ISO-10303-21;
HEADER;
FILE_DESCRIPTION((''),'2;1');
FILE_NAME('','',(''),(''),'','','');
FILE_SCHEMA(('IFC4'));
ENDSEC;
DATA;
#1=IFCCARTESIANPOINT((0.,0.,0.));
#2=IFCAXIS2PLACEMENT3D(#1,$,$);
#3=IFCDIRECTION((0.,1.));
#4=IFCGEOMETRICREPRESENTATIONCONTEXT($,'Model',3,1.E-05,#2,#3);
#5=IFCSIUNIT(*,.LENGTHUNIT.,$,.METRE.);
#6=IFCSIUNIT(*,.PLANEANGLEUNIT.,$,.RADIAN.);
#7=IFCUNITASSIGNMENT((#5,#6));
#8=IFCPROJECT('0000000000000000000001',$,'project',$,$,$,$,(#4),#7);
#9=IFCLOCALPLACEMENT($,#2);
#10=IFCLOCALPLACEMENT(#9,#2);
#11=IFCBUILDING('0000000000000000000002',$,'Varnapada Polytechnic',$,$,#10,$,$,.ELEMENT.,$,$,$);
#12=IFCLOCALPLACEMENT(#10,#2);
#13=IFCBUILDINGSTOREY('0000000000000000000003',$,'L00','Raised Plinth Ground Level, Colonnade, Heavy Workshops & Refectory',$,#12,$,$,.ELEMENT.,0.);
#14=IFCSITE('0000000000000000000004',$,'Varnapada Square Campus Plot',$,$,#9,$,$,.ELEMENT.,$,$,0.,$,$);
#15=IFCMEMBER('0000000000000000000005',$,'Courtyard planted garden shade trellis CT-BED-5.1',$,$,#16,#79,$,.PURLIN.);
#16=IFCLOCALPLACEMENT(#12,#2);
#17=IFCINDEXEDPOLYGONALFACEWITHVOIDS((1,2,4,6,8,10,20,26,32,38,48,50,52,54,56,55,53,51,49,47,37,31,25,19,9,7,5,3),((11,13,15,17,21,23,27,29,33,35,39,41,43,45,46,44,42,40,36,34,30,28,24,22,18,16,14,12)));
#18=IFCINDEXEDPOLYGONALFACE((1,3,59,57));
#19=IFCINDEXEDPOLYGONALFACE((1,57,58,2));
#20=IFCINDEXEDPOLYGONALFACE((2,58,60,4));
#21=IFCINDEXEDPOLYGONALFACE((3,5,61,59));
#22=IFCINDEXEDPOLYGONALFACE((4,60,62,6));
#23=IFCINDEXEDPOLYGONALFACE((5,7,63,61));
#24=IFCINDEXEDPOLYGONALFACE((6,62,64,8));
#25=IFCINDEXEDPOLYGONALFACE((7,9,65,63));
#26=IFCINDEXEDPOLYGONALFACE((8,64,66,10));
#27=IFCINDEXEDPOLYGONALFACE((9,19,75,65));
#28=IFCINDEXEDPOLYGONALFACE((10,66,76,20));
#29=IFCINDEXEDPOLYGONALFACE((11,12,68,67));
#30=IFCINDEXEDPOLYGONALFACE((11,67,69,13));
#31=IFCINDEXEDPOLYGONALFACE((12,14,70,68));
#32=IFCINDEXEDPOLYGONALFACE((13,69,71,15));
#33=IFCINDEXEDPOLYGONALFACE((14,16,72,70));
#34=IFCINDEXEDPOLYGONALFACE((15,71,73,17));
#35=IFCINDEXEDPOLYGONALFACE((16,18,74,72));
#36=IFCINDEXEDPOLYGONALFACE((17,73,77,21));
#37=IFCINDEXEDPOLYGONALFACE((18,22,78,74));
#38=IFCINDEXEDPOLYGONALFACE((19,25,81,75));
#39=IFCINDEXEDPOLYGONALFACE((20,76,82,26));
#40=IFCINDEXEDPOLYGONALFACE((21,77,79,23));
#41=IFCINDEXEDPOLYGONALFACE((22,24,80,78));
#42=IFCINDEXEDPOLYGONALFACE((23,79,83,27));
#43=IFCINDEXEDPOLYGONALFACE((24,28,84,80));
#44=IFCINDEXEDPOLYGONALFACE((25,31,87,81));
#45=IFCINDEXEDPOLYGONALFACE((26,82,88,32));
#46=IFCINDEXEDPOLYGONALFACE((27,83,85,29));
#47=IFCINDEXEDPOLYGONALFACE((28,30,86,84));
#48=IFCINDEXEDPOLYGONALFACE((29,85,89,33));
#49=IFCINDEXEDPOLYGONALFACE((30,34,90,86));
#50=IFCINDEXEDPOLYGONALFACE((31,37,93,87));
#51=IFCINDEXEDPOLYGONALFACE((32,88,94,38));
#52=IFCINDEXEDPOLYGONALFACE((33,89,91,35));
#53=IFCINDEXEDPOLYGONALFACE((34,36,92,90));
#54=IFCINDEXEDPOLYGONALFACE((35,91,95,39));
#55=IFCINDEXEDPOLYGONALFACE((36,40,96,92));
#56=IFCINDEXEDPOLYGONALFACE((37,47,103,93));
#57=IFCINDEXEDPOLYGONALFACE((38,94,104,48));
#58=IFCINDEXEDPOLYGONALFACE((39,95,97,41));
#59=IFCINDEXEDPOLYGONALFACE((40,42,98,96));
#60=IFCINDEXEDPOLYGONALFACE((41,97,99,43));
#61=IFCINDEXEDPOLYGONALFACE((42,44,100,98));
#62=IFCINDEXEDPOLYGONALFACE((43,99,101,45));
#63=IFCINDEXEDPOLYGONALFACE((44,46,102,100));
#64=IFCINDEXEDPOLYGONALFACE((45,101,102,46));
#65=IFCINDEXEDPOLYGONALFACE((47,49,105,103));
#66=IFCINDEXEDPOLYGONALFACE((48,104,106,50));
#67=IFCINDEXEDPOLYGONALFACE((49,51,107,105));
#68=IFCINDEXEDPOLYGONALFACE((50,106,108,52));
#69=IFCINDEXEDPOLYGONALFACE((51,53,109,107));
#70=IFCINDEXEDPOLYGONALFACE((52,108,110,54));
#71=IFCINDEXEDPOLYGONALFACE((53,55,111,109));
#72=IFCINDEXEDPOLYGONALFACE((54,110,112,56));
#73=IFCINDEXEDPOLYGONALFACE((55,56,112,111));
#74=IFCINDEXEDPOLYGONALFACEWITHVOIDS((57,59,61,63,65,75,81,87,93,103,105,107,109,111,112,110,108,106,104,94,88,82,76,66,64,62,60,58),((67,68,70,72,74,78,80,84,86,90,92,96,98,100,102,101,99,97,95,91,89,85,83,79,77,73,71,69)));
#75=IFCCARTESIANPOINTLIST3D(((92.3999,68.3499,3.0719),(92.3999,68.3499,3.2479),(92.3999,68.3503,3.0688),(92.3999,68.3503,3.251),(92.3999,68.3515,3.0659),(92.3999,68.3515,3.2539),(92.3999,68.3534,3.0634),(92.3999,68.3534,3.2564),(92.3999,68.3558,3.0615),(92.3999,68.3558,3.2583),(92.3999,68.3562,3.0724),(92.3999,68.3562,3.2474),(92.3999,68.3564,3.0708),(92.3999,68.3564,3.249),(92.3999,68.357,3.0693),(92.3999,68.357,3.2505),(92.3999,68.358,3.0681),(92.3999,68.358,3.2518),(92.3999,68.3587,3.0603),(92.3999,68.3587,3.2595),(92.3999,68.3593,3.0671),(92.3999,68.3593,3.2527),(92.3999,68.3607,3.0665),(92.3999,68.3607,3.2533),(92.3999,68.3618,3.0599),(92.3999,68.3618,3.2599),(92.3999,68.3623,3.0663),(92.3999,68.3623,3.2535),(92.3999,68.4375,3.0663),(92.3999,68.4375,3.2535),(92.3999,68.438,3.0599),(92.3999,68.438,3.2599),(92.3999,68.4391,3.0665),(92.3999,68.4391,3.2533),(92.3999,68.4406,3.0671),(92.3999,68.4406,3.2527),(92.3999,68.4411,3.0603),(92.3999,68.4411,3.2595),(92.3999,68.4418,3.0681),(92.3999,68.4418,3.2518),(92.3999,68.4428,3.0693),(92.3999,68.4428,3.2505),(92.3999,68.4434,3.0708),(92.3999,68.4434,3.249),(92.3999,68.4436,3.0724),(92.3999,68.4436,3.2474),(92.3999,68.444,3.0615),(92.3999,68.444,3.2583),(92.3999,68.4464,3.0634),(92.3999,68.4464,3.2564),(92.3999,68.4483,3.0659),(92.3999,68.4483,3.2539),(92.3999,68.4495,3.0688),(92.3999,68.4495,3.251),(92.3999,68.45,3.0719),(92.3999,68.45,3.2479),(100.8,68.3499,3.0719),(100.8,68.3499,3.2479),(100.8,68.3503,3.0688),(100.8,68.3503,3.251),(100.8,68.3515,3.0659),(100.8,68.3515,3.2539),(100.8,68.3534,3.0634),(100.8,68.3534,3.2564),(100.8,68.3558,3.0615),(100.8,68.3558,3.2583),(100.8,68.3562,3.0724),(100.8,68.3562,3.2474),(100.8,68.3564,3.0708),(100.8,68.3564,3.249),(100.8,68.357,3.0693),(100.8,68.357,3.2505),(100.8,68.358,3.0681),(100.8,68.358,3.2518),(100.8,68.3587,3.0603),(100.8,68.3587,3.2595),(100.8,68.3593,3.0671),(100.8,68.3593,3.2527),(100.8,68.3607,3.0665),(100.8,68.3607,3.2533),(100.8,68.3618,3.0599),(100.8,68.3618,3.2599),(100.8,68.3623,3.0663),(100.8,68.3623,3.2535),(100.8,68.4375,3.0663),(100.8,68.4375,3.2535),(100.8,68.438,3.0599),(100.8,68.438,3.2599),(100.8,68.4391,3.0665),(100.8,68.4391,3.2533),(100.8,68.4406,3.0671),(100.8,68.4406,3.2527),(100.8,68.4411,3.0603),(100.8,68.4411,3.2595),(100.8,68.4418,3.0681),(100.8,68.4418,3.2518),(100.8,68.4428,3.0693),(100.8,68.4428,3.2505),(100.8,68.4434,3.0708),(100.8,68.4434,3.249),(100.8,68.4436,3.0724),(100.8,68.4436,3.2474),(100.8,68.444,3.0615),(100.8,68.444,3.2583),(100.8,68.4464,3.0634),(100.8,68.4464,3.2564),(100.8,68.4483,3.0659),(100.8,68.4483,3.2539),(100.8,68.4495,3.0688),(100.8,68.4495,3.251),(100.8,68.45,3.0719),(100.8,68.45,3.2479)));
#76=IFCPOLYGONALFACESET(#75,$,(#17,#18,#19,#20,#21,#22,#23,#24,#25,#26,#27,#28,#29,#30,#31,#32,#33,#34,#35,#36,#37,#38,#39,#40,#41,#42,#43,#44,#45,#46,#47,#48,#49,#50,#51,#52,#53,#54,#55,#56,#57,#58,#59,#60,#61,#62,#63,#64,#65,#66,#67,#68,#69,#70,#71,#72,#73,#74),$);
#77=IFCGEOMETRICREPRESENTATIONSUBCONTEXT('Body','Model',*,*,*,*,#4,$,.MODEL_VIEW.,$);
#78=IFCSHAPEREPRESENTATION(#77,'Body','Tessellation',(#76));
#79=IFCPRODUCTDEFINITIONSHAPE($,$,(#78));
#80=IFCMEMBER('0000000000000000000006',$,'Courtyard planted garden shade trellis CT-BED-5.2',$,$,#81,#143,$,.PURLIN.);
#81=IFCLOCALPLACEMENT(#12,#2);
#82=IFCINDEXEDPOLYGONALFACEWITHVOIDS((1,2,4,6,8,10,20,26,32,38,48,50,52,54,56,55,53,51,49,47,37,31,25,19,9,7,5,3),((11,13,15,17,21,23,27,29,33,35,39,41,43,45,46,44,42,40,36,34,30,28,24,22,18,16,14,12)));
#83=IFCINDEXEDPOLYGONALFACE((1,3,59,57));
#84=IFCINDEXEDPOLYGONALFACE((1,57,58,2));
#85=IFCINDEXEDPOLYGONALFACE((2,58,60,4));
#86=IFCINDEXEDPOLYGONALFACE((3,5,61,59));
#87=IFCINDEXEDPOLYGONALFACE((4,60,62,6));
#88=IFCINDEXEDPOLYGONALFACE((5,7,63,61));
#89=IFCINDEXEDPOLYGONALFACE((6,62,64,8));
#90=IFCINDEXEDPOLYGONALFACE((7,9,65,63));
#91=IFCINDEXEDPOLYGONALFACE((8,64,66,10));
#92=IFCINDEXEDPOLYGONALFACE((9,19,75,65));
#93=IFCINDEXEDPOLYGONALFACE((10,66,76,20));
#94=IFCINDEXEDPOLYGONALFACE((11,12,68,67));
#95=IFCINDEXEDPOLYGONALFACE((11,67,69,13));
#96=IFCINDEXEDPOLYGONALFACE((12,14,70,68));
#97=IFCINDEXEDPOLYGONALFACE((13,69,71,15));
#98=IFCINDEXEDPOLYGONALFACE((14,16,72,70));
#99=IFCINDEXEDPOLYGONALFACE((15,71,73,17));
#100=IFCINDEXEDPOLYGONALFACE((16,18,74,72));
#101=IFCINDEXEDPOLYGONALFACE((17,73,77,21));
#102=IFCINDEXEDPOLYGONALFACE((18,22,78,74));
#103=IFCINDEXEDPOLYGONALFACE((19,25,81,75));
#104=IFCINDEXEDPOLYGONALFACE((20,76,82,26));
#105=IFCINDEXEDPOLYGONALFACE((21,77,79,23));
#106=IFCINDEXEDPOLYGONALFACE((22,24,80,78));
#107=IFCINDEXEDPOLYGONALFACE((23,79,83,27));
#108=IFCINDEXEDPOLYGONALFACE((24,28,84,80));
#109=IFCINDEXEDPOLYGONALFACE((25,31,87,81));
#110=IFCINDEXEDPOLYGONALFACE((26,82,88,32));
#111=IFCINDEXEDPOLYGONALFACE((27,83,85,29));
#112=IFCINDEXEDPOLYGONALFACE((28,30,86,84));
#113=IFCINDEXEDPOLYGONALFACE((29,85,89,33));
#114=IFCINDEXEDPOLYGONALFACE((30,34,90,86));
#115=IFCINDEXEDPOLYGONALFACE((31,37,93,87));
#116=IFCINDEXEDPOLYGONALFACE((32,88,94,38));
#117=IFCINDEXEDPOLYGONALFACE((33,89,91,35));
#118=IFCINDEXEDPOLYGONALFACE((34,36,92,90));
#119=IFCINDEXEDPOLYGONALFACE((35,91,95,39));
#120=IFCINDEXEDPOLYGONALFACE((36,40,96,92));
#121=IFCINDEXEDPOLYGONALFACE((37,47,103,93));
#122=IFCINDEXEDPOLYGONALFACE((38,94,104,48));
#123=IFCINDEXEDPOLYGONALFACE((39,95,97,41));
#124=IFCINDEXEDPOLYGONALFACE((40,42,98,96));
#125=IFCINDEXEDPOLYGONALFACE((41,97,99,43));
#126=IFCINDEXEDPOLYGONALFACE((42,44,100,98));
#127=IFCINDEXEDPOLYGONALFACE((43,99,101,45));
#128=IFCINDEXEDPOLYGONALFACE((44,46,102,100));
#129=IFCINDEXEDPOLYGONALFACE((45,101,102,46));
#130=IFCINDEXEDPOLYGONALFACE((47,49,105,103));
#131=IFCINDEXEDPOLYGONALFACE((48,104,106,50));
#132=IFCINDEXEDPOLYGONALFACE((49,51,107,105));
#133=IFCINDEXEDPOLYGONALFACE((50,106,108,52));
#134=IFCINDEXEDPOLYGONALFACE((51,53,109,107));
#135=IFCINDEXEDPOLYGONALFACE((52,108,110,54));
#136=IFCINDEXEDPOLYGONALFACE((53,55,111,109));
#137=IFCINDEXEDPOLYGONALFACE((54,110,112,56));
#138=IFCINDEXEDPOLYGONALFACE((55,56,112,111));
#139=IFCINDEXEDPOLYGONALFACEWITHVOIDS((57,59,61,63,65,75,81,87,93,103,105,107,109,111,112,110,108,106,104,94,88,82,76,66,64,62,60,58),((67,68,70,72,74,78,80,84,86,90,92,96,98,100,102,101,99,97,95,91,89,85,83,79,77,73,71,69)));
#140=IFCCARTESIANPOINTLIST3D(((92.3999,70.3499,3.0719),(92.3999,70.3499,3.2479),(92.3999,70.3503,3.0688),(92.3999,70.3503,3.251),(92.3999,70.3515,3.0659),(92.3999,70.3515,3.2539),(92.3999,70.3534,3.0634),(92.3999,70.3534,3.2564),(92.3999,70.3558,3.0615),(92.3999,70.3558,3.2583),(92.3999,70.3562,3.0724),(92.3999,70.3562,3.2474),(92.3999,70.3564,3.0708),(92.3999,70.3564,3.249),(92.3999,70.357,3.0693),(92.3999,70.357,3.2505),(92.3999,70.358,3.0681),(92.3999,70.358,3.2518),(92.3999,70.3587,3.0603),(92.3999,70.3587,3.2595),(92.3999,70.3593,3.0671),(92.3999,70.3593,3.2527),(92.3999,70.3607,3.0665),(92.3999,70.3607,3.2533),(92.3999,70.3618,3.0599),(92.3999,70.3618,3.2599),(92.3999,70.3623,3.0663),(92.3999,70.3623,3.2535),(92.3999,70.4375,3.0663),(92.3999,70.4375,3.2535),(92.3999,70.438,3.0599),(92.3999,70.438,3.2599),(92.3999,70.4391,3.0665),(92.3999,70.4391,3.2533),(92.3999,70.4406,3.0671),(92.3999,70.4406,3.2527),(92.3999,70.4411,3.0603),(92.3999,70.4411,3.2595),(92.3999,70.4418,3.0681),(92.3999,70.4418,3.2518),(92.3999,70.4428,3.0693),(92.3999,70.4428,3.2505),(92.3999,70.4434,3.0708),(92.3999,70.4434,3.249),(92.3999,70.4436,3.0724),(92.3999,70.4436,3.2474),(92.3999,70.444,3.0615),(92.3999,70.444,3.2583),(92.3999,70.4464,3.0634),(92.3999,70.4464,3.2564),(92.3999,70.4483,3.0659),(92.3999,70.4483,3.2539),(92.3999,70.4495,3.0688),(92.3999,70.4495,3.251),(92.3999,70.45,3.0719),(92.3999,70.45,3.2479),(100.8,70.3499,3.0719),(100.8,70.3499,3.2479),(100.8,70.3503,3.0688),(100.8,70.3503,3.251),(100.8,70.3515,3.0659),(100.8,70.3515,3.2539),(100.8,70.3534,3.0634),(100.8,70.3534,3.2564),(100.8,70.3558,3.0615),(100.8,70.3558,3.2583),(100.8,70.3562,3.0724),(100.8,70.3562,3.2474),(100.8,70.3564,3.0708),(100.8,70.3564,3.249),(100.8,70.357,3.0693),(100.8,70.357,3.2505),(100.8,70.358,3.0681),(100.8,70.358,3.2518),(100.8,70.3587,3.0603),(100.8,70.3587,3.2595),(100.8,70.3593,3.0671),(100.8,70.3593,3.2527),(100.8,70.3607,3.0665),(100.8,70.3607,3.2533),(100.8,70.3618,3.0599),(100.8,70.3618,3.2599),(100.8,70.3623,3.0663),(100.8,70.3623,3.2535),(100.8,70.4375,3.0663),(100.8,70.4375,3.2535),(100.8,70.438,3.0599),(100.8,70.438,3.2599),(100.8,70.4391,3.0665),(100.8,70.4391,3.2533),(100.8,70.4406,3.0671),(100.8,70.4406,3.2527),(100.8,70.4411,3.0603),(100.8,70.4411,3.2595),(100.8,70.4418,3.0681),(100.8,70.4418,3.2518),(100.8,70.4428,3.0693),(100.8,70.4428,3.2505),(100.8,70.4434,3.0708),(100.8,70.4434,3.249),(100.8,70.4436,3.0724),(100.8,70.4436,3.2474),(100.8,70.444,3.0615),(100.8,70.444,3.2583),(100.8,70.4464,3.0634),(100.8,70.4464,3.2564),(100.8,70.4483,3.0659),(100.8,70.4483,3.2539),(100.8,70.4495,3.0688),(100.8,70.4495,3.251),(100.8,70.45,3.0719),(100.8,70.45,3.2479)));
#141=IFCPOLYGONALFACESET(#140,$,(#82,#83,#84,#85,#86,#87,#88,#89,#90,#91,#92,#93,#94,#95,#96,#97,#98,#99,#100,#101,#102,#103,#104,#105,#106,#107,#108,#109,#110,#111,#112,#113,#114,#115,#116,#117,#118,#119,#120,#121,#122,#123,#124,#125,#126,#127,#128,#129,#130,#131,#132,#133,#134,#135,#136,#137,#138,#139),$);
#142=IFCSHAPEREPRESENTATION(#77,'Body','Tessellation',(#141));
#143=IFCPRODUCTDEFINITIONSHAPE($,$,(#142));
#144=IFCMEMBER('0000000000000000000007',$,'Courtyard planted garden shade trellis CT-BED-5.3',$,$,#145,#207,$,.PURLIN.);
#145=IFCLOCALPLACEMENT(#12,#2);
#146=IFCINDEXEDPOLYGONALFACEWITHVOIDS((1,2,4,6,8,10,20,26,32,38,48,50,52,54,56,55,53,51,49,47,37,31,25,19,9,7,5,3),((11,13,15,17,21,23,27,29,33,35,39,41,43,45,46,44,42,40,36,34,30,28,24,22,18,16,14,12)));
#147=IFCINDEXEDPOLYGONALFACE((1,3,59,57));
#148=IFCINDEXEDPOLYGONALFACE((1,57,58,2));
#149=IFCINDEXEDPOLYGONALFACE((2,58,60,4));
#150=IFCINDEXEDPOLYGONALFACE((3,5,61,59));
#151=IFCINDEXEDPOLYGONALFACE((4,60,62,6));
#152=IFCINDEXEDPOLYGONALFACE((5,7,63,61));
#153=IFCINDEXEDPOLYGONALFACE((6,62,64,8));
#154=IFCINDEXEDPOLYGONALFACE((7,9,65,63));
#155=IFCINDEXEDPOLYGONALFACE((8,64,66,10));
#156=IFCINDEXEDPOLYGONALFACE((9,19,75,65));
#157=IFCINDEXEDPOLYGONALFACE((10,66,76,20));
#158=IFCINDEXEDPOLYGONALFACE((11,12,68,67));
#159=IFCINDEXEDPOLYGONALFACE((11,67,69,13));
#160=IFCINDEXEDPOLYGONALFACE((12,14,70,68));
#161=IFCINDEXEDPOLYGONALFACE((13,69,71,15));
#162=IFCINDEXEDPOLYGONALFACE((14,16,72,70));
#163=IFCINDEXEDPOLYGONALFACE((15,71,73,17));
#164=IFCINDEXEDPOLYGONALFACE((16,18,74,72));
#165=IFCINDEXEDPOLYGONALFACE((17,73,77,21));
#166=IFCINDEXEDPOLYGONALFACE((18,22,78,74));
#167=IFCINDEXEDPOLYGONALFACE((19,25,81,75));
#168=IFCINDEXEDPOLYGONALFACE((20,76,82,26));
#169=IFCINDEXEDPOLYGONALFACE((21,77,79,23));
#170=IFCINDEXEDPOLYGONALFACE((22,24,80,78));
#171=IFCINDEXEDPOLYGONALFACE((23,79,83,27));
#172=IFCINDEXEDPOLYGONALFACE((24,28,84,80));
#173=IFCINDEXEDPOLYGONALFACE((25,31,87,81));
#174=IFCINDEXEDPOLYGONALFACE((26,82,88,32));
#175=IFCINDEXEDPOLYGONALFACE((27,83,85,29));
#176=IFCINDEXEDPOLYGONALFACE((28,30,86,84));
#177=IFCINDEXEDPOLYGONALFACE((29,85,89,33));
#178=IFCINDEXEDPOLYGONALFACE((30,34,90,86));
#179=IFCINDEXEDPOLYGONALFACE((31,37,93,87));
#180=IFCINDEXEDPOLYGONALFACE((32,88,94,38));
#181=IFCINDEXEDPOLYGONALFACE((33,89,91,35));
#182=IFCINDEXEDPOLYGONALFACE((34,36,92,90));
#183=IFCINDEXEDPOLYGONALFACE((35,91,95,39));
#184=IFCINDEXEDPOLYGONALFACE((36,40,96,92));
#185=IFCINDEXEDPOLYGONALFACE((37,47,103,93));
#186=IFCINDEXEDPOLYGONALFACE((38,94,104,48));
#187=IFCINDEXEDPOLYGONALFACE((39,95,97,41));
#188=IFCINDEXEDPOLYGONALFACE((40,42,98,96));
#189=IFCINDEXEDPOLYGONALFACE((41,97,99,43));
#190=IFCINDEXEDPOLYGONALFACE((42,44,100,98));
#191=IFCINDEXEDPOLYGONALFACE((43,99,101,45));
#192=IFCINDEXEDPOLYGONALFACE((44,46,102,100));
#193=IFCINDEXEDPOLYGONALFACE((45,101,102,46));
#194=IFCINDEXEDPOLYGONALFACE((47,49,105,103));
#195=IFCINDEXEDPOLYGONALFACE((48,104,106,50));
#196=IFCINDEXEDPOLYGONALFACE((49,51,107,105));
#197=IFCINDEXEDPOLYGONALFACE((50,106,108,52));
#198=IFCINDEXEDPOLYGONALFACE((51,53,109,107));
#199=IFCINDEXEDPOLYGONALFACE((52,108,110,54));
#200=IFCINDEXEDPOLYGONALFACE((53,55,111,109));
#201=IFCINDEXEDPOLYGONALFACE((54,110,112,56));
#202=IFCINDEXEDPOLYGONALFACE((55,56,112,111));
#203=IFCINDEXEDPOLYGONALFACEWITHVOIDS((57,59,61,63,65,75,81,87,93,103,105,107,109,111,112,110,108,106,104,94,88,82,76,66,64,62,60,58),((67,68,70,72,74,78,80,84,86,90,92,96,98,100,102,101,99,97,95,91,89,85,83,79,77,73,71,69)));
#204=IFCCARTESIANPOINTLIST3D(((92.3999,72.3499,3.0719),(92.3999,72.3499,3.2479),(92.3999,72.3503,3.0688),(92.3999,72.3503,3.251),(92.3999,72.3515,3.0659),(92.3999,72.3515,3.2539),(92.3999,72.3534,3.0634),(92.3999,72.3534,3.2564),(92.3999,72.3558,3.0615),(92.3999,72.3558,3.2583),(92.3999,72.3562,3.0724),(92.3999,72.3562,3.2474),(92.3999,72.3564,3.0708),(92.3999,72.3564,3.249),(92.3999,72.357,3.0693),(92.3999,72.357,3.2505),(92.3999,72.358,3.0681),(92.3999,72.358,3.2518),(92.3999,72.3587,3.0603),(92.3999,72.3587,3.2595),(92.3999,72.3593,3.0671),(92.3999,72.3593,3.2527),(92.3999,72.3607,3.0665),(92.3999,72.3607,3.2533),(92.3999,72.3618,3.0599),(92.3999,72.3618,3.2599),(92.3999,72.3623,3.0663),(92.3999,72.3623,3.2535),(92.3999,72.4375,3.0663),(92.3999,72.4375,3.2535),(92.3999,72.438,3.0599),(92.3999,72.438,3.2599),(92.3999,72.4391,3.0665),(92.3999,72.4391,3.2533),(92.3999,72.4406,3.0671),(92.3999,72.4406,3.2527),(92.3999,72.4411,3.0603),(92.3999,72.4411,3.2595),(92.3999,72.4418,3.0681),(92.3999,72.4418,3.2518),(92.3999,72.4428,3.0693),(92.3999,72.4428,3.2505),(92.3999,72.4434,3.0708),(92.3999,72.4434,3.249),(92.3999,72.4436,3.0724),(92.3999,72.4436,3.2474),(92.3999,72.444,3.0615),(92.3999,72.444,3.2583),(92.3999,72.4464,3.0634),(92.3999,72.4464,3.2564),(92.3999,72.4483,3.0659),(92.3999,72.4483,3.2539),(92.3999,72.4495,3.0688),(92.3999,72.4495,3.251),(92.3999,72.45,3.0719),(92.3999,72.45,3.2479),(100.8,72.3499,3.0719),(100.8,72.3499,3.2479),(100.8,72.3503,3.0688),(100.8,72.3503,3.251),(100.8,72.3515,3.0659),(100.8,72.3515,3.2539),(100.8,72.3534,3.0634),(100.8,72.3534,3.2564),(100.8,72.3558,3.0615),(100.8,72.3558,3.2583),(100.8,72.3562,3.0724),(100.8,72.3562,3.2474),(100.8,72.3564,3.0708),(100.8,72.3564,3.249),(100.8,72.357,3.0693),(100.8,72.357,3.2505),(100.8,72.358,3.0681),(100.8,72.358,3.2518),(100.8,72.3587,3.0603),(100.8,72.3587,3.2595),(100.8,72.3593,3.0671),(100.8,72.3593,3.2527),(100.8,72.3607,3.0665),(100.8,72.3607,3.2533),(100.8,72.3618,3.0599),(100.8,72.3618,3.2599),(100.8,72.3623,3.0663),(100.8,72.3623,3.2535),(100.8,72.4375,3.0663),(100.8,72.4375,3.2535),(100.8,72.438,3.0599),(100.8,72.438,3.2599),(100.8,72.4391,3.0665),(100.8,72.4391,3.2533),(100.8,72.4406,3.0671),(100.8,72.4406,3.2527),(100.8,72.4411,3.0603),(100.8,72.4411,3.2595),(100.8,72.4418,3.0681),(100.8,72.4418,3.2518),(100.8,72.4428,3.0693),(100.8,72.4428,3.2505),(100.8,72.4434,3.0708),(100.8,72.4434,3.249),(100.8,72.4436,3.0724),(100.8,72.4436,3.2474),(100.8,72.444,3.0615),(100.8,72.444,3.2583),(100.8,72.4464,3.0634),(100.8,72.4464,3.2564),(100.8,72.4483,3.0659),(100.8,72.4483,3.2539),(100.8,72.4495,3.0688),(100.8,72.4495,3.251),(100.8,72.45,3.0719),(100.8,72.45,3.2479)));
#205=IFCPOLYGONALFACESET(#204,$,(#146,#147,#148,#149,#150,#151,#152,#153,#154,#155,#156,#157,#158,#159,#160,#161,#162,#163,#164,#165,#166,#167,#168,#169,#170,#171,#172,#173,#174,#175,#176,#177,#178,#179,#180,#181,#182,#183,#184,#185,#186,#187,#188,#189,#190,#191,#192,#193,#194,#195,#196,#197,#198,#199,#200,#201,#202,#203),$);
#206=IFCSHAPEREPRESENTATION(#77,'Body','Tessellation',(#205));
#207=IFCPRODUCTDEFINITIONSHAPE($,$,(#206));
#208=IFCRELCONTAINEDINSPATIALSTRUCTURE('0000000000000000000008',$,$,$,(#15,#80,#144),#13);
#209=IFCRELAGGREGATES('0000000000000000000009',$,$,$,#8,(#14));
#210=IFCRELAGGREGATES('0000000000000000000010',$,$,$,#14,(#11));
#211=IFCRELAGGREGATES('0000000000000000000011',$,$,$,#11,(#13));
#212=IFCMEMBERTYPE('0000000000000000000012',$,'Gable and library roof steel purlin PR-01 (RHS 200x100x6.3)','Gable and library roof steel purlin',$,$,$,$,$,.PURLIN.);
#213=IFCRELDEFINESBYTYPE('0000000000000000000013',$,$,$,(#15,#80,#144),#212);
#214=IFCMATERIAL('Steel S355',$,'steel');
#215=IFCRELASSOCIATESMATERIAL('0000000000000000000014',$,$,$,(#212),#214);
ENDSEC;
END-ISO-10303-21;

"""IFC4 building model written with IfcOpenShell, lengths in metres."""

from ifc_helpers import new_model, si_unit, direction, frame, origin, origin_2d, place, context, subcontext, project, spatial, hollow_rectangle, extrude, material, material_profile, profile_set, type_object, element, save


model = new_model("IFC4")

# Units and contexts
model_context = context("Model", 3, precision=1e-05, world=origin(), true_north=direction((0.0, 1.0)))
body_context = subcontext(model_context, "Body", "Model", "MODEL_VIEW")
ifc_project = project(units=[si_unit("LENGTHUNIT", "METRE"), si_unit("PLANEANGLEUNIT", "RADIAN")], contexts=[model_context])

# Site, building, storey
site_placement = place(None, origin())
site = spatial("IfcSite", under=ifc_project, at=site_placement, Name="Varnapada Square Campus Plot", CompositionType="ELEMENT", RefElevation=0.0)
building_placement = place(site_placement, origin())
building = spatial("IfcBuilding", under=site, at=building_placement, Name="Varnapada Polytechnic", CompositionType="ELEMENT")
storey_placement = place(building_placement, origin())
storey = spatial("IfcBuildingStorey", under=building, at=storey_placement, Name="L00", Description="Raised Plinth Ground Level, Colonnade, Heavy Workshops & Refectory", CompositionType="ELEMENT", Elevation=0.0)

# Members
ifc_material_1 = material(Name="Steel S355", Category="steel")
ifc_material_profile_1 = material_profile(ifc_material_1, hollow_rectangle(XDim=0.1001, YDim=0.2, WallThickness=0.0063, InnerFilletRadius=0.0061, OuterFilletRadius=0.012, at=origin_2d()), Name="RHS 200x100x6.3")
ifc_profile_set_1 = profile_set([ifc_material_profile_1], Name="Steel S355")
member_type_1 = type_object("IfcMemberType", Name="Gable and library roof steel purlin PR-01 (RHS 200x100x6.3)", Description="Gable and library roof steel purlin", PredefinedType="PURLIN", material=ifc_profile_set_1)
for number, where, z_axis, x_axis, name in (
    (1, (92.3999, 68.3999, 3.1599), (1.0, 0.0, 0.0), (0.0, 1.0, 0.0), "Courtyard planted garden shade trellis CT-BED-5.1"),
    (2, (92.3999, 70.3999, 3.1599), (1.0, 0.0, 0.0), (0.0, 1.0, 0.0), "Courtyard planted garden shade trellis CT-BED-5.2"),
    (3, (92.3999, 72.3999, 3.1599), (1.0, 0.0, 0.0), (0.0, 1.0, 0.0), "Courtyard planted garden shade trellis CT-BED-5.3"),
):
    element("IfcMember", number, at=place(storey_placement, frame(where, z_axis=z_axis, x_axis=x_axis)), inside=storey, type_object=member_type_1, Name=name, PredefinedType="PURLIN", context=body_context, shape_type="SweptSolid", body=[
        extrude(hollow_rectangle(XDim=0.1001, YDim=0.2, WallThickness=0.0063, InnerFilletRadius=0.0061, OuterFilletRadius=0.012, at=origin_2d()), origin(), (0.0, 0.0, 1.0), 8.4001),
    ])

save(model, "model.ifc")
